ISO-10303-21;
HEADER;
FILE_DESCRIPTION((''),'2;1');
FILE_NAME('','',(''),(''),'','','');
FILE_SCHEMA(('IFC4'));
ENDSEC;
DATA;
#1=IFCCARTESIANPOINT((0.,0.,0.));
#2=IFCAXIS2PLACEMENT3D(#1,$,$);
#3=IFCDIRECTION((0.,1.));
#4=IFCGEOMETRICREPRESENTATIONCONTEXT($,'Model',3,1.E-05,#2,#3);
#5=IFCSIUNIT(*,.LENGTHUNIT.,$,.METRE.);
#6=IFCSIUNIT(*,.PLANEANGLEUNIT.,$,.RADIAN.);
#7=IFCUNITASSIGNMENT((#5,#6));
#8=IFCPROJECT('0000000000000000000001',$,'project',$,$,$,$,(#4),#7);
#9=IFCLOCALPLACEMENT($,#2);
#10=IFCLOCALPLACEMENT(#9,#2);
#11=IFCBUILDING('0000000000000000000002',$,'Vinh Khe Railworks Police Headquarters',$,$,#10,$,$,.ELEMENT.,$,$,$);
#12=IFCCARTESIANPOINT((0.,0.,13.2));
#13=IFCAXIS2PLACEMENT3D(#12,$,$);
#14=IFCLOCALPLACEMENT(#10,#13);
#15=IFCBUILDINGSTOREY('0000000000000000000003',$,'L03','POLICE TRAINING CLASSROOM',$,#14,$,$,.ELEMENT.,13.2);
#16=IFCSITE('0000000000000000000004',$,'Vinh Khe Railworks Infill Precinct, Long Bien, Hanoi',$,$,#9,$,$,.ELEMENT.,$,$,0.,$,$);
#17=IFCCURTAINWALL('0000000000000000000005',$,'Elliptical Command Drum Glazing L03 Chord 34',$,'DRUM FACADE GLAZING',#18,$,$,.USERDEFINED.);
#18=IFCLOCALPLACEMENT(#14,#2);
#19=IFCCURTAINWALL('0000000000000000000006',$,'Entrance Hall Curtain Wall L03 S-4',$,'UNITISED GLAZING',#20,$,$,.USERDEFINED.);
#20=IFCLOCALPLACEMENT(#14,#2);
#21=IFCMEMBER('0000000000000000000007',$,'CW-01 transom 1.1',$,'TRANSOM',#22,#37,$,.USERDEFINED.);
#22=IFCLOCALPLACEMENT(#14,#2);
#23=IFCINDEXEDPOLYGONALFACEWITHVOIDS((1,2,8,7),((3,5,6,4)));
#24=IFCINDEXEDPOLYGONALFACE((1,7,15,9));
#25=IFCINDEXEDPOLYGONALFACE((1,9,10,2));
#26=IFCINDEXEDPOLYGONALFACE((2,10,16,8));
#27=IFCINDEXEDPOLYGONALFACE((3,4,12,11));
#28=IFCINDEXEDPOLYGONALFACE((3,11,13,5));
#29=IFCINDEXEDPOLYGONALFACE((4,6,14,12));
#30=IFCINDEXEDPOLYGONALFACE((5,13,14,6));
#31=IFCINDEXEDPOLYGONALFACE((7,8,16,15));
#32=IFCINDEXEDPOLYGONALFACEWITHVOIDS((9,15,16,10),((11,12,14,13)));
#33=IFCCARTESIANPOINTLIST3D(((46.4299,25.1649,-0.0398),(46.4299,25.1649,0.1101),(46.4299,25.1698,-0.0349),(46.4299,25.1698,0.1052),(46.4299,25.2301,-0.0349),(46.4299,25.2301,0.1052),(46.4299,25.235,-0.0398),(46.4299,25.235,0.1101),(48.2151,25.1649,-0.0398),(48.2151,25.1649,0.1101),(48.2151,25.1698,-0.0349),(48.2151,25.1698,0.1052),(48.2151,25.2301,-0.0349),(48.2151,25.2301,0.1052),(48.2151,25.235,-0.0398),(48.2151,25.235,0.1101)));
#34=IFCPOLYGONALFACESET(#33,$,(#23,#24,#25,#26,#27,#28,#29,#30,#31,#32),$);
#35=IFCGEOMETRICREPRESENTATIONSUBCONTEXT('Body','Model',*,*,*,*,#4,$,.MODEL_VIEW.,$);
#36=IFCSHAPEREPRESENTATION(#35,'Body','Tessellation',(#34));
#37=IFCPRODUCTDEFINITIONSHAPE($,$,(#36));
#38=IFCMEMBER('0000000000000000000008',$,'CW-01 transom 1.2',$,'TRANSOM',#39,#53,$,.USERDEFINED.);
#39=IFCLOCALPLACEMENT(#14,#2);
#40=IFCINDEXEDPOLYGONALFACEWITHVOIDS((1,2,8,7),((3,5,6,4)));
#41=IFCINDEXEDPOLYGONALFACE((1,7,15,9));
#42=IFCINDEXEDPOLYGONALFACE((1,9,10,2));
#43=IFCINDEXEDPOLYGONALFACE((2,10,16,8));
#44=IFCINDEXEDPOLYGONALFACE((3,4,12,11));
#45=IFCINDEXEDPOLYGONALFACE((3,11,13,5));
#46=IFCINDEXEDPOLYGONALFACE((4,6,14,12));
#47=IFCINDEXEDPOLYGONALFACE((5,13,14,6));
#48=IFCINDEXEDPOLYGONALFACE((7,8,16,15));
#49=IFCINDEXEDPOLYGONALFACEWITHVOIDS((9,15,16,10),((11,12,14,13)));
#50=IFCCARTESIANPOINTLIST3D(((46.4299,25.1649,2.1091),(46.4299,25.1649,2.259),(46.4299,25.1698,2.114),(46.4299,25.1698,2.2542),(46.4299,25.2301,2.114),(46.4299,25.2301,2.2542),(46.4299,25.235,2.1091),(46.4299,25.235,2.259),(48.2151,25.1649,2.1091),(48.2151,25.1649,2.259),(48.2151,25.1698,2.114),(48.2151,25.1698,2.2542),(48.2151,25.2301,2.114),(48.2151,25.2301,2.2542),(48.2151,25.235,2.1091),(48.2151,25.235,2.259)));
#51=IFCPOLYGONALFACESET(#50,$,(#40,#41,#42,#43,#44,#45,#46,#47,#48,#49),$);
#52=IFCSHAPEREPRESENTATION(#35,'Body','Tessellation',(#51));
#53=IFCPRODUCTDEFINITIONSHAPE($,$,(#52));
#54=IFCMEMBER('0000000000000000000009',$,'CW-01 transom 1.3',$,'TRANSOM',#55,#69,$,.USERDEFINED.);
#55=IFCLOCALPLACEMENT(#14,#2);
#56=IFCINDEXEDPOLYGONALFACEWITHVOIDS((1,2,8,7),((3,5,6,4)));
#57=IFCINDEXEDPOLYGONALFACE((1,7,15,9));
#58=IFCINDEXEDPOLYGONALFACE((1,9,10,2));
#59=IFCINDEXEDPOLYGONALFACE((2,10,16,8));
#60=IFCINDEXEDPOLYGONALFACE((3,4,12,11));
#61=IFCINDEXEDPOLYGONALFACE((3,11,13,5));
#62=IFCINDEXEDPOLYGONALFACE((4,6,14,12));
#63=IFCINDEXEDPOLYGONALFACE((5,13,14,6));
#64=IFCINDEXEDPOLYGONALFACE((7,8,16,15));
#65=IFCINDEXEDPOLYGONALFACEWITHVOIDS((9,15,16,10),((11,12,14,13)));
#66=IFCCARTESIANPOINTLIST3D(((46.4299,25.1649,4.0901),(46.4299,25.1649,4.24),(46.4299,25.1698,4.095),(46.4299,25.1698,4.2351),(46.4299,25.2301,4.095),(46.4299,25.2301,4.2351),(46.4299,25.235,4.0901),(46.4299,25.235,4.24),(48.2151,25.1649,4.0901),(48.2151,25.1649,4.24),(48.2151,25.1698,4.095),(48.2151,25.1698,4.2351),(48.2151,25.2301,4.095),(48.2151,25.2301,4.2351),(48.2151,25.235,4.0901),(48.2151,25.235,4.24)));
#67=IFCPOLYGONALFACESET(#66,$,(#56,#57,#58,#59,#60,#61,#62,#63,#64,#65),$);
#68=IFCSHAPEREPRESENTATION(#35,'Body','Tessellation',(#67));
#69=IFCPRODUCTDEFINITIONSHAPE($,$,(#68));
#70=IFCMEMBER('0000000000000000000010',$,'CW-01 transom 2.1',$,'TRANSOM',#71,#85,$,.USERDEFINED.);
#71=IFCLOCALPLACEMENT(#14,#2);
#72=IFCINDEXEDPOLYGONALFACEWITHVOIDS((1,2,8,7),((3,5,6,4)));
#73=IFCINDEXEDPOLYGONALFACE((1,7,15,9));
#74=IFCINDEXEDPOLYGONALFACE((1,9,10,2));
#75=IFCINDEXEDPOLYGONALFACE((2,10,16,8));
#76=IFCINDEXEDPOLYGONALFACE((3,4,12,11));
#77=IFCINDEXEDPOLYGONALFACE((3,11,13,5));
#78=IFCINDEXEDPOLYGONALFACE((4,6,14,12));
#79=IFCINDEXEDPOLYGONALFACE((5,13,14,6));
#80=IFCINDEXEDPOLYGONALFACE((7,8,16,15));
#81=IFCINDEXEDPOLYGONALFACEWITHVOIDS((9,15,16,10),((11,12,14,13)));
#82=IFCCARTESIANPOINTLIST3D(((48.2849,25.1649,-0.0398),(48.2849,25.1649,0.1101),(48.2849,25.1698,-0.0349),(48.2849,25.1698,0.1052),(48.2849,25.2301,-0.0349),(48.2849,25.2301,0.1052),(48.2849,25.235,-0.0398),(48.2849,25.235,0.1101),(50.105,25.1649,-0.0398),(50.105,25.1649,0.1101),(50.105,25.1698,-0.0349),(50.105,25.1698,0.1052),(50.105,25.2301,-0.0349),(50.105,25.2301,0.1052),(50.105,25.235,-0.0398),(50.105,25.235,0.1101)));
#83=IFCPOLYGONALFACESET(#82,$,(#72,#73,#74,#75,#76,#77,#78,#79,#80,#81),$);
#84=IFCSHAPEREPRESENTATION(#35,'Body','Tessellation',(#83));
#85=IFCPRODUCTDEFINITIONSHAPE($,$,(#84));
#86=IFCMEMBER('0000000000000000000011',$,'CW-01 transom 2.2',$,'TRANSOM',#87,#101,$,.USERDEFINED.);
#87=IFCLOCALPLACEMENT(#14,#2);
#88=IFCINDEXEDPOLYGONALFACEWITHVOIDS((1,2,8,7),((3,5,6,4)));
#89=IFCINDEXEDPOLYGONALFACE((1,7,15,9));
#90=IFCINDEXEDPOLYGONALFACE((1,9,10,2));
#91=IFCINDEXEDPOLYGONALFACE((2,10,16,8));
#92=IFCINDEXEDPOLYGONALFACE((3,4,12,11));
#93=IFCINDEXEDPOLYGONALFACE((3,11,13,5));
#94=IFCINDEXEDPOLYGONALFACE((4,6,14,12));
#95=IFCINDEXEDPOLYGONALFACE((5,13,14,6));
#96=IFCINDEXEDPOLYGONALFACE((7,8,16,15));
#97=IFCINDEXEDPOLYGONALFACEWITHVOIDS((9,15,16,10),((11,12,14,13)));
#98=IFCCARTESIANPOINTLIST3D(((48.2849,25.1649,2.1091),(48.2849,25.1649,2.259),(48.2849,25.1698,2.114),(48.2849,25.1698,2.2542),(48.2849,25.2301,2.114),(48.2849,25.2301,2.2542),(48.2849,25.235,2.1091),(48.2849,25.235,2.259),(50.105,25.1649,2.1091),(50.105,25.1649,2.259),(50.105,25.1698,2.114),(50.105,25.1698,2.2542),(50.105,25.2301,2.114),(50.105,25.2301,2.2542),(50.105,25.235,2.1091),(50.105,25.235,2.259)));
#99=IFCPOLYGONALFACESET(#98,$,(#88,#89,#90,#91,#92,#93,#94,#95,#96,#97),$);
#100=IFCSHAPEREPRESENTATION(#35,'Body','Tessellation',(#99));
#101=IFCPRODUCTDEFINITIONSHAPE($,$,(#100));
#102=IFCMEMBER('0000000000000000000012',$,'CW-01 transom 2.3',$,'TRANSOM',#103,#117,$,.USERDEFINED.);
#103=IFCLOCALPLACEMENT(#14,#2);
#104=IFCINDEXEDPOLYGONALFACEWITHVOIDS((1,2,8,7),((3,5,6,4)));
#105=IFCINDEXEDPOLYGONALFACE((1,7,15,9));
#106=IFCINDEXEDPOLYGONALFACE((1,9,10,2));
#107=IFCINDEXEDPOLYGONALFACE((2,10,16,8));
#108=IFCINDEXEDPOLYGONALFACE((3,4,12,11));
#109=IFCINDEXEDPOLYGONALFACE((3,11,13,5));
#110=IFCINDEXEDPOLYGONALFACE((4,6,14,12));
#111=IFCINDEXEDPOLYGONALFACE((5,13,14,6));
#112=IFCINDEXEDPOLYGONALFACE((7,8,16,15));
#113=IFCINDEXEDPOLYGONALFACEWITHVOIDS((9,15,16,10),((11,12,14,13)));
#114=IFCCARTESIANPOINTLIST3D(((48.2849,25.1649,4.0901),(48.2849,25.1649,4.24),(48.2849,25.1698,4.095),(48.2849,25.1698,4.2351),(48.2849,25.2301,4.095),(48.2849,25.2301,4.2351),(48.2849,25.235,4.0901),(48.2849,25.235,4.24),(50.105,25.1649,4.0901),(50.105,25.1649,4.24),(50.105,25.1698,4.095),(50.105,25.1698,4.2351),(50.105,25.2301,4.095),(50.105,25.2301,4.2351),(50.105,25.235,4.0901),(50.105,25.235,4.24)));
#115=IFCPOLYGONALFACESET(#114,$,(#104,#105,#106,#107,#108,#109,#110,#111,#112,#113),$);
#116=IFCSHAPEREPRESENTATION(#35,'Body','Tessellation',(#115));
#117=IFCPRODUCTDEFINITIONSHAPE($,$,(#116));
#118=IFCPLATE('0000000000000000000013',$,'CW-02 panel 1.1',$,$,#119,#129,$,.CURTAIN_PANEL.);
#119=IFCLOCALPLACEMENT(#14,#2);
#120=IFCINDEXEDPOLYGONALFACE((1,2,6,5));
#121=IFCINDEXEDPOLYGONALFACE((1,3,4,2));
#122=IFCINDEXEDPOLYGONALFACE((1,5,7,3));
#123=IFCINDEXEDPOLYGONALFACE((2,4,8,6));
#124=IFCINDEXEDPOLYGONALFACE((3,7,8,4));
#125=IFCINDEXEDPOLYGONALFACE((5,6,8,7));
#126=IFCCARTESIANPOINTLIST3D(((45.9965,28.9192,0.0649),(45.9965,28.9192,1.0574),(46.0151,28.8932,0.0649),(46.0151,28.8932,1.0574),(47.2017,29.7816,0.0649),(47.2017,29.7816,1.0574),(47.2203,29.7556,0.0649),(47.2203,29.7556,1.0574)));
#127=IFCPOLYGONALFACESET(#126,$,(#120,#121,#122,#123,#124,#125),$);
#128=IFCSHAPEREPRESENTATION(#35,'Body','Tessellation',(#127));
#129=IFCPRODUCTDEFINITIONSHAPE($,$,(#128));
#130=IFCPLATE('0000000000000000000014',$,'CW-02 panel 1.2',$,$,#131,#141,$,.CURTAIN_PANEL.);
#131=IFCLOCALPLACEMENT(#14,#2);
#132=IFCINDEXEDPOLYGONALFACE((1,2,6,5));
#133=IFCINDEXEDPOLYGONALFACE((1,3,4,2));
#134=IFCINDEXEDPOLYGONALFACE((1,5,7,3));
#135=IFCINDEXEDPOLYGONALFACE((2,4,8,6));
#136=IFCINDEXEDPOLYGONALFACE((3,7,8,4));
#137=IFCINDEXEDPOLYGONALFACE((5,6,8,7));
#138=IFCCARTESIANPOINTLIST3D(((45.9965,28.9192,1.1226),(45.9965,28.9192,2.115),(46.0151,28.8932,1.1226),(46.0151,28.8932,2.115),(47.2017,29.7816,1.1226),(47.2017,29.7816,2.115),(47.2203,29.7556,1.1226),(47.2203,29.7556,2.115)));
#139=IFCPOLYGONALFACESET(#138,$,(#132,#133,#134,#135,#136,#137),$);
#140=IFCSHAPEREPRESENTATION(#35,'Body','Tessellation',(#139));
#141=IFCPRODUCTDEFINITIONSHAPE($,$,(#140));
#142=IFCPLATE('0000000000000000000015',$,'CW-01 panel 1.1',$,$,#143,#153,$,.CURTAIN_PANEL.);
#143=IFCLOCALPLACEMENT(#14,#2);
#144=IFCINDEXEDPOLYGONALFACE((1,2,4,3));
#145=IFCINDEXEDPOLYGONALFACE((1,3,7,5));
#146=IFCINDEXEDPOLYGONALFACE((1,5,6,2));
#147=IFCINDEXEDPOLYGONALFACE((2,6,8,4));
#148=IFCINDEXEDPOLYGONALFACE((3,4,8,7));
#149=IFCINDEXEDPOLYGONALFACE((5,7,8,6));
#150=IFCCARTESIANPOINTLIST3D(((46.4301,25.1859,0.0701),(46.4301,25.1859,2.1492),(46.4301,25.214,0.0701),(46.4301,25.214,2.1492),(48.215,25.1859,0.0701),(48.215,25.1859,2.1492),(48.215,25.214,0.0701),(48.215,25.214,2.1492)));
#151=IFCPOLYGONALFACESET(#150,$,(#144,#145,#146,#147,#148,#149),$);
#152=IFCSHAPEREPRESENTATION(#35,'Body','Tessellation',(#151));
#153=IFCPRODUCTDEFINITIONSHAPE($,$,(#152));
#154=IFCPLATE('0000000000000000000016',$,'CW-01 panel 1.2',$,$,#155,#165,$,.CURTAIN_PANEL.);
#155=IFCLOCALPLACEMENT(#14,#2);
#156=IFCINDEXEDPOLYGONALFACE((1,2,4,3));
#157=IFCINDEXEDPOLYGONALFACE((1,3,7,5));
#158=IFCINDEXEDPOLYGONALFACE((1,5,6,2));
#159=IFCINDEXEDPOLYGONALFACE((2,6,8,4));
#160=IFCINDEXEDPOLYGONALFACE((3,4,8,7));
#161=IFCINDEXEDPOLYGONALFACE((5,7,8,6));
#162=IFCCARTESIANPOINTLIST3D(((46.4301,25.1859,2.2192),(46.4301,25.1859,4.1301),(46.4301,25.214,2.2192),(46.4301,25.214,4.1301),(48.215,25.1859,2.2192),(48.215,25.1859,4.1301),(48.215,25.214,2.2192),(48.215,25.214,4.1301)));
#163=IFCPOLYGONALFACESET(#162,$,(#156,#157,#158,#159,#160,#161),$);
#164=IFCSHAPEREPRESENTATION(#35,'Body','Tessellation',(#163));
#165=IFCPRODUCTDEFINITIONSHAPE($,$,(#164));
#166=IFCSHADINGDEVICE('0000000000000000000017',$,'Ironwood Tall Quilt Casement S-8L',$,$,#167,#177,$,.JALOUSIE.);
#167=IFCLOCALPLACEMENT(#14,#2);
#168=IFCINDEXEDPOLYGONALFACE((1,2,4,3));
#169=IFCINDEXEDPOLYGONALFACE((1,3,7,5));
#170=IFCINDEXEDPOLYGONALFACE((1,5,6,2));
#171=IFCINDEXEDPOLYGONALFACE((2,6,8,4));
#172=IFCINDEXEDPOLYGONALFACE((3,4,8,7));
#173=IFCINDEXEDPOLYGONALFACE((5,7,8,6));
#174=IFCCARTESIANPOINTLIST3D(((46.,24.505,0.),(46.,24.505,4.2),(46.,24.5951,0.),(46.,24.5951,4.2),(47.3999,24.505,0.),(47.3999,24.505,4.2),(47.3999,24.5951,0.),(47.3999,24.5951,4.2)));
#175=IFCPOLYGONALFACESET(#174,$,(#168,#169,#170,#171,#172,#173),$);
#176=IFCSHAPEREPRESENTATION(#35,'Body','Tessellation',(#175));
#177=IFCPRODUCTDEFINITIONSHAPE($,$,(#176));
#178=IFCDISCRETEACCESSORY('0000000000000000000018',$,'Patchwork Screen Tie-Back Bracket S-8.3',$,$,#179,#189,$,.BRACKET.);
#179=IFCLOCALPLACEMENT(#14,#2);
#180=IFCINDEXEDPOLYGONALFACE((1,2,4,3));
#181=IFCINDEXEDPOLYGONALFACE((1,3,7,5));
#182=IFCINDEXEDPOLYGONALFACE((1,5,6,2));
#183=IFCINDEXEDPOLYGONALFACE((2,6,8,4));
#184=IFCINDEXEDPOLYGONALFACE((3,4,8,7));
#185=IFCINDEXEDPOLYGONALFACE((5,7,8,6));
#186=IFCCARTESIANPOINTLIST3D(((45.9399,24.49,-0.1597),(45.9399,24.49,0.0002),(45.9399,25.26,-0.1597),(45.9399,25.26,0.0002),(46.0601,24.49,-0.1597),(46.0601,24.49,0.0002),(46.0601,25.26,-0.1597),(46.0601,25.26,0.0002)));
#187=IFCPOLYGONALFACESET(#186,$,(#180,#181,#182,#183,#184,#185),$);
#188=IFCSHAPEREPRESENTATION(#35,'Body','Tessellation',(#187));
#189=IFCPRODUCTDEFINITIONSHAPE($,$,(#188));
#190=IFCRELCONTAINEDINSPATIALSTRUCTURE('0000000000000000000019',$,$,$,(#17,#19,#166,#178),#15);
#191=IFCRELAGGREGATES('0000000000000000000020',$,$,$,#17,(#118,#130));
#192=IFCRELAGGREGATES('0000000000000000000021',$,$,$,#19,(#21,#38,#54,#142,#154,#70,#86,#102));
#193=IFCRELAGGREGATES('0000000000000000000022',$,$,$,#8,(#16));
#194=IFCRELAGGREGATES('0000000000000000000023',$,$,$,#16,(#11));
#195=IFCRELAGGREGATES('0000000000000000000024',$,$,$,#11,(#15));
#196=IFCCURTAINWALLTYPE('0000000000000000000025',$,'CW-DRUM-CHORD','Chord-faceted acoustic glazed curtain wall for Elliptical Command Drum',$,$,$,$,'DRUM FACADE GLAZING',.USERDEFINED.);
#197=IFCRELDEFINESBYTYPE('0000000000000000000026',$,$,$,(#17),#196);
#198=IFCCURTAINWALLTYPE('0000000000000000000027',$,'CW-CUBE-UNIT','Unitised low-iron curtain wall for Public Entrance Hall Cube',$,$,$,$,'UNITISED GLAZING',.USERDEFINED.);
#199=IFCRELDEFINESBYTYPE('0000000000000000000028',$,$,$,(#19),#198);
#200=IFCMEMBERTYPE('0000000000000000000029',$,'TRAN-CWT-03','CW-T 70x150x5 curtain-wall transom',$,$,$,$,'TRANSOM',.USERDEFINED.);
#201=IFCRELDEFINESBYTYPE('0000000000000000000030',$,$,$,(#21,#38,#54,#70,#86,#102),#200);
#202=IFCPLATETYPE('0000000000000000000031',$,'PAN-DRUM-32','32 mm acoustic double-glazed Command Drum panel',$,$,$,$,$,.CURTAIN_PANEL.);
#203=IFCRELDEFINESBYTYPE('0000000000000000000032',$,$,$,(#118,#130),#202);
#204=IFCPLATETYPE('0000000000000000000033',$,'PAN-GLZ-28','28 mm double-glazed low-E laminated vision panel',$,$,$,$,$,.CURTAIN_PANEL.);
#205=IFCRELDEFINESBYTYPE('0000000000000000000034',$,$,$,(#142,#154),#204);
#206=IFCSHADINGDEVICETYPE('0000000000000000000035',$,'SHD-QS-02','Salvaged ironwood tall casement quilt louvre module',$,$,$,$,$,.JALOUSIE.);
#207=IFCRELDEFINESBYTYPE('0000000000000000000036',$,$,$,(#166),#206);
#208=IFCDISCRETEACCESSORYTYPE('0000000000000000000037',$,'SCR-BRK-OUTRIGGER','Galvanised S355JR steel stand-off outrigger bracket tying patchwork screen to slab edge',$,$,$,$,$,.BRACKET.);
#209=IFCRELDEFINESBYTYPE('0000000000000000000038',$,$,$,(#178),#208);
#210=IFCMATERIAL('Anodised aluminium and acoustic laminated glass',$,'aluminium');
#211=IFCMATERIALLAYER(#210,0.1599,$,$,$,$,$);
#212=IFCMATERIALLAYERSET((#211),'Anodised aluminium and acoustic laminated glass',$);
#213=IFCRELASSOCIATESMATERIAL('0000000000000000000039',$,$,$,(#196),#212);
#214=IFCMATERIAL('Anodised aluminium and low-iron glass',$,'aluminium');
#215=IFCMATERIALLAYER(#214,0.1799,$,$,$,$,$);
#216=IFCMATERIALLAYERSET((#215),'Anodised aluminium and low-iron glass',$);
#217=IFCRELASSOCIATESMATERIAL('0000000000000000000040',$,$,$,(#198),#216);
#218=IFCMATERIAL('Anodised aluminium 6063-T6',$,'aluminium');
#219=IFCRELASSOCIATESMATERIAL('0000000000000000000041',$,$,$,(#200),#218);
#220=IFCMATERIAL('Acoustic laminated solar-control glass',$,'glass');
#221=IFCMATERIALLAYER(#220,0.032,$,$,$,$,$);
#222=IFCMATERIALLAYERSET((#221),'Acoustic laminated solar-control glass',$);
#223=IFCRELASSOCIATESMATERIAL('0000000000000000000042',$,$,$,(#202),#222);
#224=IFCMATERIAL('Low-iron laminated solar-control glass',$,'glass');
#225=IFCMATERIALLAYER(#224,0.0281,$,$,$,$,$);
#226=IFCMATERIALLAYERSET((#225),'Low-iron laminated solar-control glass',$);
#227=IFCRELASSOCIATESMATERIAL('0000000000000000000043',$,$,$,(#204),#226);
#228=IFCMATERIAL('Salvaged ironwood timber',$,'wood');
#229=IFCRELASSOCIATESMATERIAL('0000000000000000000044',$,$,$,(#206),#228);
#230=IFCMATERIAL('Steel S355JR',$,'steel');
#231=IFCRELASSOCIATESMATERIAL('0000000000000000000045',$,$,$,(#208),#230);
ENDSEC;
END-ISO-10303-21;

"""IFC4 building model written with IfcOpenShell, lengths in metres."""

from ifc_helpers import new_model, si_unit, direction, frame, origin, origin_2d, place, context, subcontext, project, spatial, rectangle, hollow_rectangle, extrude, material, layer, layer_set, material_profile, profile_set, type_object, element, aggregate, save


model = new_model("IFC4")

# Units and contexts
model_context = context("Model", 3, precision=1e-05, world=origin(), true_north=direction((0.0, 1.0)))
body_context = subcontext(model_context, "Body", "Model", "MODEL_VIEW")
ifc_project = project(units=[si_unit("LENGTHUNIT", "METRE"), si_unit("PLANEANGLEUNIT", "RADIAN")], contexts=[model_context])

# Site, building, storey
site_placement = place(None, origin())
site = spatial("IfcSite", under=ifc_project, at=site_placement, Name="Vinh Khe Railworks Infill Precinct, Long Bien, Hanoi", CompositionType="ELEMENT", RefElevation=0.0)
building_placement = place(site_placement, origin())
building = spatial("IfcBuilding", under=site, at=building_placement, Name="Vinh Khe Railworks Police Headquarters", CompositionType="ELEMENT")
storey_placement = place(building_placement, frame((0.0, 0.0, 13.2)))
storey = spatial("IfcBuildingStorey", under=building, at=storey_placement, Name="L03", Description="POLICE TRAINING CLASSROOM", CompositionType="ELEMENT", Elevation=13.2)

# Shared definitions
ifc_material_1 = material(Name="Steel S355JR", Category="steel")

# Shared definitions
ifc_material_2 = material(Name="Salvaged ironwood timber", Category="wood")

# Curtain wall
ifc_material_3 = material(Name="Anodised aluminium and acoustic laminated glass", Category="aluminium")
ifc_layer_1 = layer(ifc_material_3, 0.1599)
ifc_layer_set_1 = layer_set([ifc_layer_1], Name="Anodised aluminium and acoustic laminated glass")
curtain_wall_type_1 = type_object("IfcCurtainWallType", Name="CW-DRUM-CHORD", Description="Chord-faceted acoustic glazed curtain wall for Elliptical Command Drum", ElementType="DRUM FACADE GLAZING", PredefinedType="USERDEFINED", material=ifc_layer_set_1)
curtain_wall_1_placement = place(storey_placement, origin())
curtain_wall_1 = element("IfcCurtainWall", 1, at=curtain_wall_1_placement, inside=storey, type_object=curtain_wall_type_1, Name="Elliptical Command Drum Glazing L03 Chord 34", ObjectType="DRUM FACADE GLAZING", PredefinedType="USERDEFINED")
ifc_material_4 = material(Name="Anodised aluminium 6063-T6", Category="aluminium")
ifc_material_5 = material(Name="Anodised aluminium and low-iron glass", Category="aluminium")
ifc_layer_2 = layer(ifc_material_5, 0.1799)
ifc_layer_set_2 = layer_set([ifc_layer_2], Name="Anodised aluminium and low-iron glass")
curtain_wall_type_2 = type_object("IfcCurtainWallType", Name="CW-CUBE-UNIT", Description="Unitised low-iron curtain wall for Public Entrance Hall Cube", ElementType="UNITISED GLAZING", PredefinedType="USERDEFINED", material=ifc_layer_set_2)

# Curtain wall
curtain_wall_2_placement = place(storey_placement, origin())
curtain_wall_2 = element("IfcCurtainWall", 2, at=curtain_wall_2_placement, inside=storey, type_object=curtain_wall_type_2, Name="Entrance Hall Curtain Wall L03 S-4", ObjectType="UNITISED GLAZING", PredefinedType="USERDEFINED")

# Members
ifc_material_profile_1 = material_profile(ifc_material_4, hollow_rectangle(XDim=0.0701, YDim=0.1499, WallThickness=0.0049, at=origin_2d()), Name="CW-T 70x150x5")
ifc_profile_set_1 = profile_set([ifc_material_profile_1], Name="Anodised aluminium 6063-T6")
member_type_1 = type_object("IfcMemberType", Name="TRAN-CWT-03", Description="CW-T 70x150x5 curtain-wall transom", ElementType="TRANSOM", PredefinedType="USERDEFINED", material=ifc_profile_set_1)
member_1_placement = place(storey_placement, frame((46.4299, 25.2, 0.0352), z_axis=(1.0, 0.0, 0.0), x_axis=(0.0, 1.0, 0.0)))
member_1 = element("IfcMember", 3, at=member_1_placement, type_object=member_type_1, Name="CW-01 transom 1.1", ObjectType="TRANSOM", PredefinedType="USERDEFINED", context=body_context, shape_type="SweptSolid", body=[
    extrude(hollow_rectangle(XDim=0.0701, YDim=0.1499, WallThickness=0.0049, at=origin_2d()), origin(), (0.0, 0.0, 1.0), 1.7852),
])
member_2_placement = place(storey_placement, frame((46.4299, 25.2, 2.1841), z_axis=(1.0, 0.0, 0.0), x_axis=(0.0, 1.0, 0.0)))
member_2 = element("IfcMember", 4, at=member_2_placement, type_object=member_type_1, Name="CW-01 transom 1.2", ObjectType="TRANSOM", PredefinedType="USERDEFINED", context=body_context, shape_type="SweptSolid", body=[
    extrude(hollow_rectangle(XDim=0.0701, YDim=0.1499, WallThickness=0.0049, at=origin_2d()), origin(), (0.0, 0.0, 1.0), 1.7852),
])
member_3_placement = place(storey_placement, frame((46.4299, 25.2, 4.165), z_axis=(1.0, 0.0, 0.0), x_axis=(0.0, 1.0, 0.0)))
member_3 = element("IfcMember", 5, at=member_3_placement, type_object=member_type_1, Name="CW-01 transom 1.3", ObjectType="TRANSOM", PredefinedType="USERDEFINED", context=body_context, shape_type="SweptSolid", body=[
    extrude(hollow_rectangle(XDim=0.0701, YDim=0.1499, WallThickness=0.0049, at=origin_2d()), origin(), (0.0, 0.0, 1.0), 1.7852),
])
member_4_placement = place(storey_placement, frame((48.2849, 25.2, 0.0352), z_axis=(1.0, 0.0, 0.0), x_axis=(0.0, 1.0, 0.0)))
member_4 = element("IfcMember", 6, at=member_4_placement, type_object=member_type_1, Name="CW-01 transom 2.1", ObjectType="TRANSOM", PredefinedType="USERDEFINED", context=body_context, shape_type="SweptSolid", body=[
    extrude(hollow_rectangle(XDim=0.0701, YDim=0.1499, WallThickness=0.0049, at=origin_2d()), origin(), (0.0, 0.0, 1.0), 1.8201),
])
member_5_placement = place(storey_placement, frame((48.2849, 25.2, 2.1841), z_axis=(1.0, 0.0, 0.0), x_axis=(0.0, 1.0, 0.0)))
member_5 = element("IfcMember", 7, at=member_5_placement, type_object=member_type_1, Name="CW-01 transom 2.2", ObjectType="TRANSOM", PredefinedType="USERDEFINED", context=body_context, shape_type="SweptSolid", body=[
    extrude(hollow_rectangle(XDim=0.0701, YDim=0.1499, WallThickness=0.0049, at=origin_2d()), origin(), (0.0, 0.0, 1.0), 1.8201),
])
member_6_placement = place(storey_placement, frame((48.2849, 25.2, 4.165), z_axis=(1.0, 0.0, 0.0), x_axis=(0.0, 1.0, 0.0)))
member_6 = element("IfcMember", 8, at=member_6_placement, type_object=member_type_1, Name="CW-01 transom 2.3", ObjectType="TRANSOM", PredefinedType="USERDEFINED", context=body_context, shape_type="SweptSolid", body=[
    extrude(hollow_rectangle(XDim=0.0701, YDim=0.1499, WallThickness=0.0049, at=origin_2d()), origin(), (0.0, 0.0, 1.0), 1.8201),
])

# Plates
ifc_material_6 = material(Name="Acoustic laminated solar-control glass", Category="glass")
ifc_layer_3 = layer(ifc_material_6, 0.032)
ifc_layer_set_3 = layer_set([ifc_layer_3], Name="Acoustic laminated solar-control glass")
plate_type_1 = type_object("IfcPlateType", Name="PAN-DRUM-32", Description="32 mm acoustic double-glazed Command Drum panel", PredefinedType="CURTAIN_PANEL", material=ifc_layer_set_3)
plate_1_placement = place(storey_placement, frame((46.6084, 29.3374, 0.0649), z_axis=(0.0, 0.0, 1.0), x_axis=(0.81325, 0.581914, 0.0)))
plate_1 = element("IfcPlate", 9, at=plate_1_placement, type_object=plate_type_1, Name="CW-02 panel 1.1", PredefinedType="CURTAIN_PANEL", context=body_context, shape_type="SweptSolid", body=[
    extrude(rectangle(XDim=1.4819, YDim=0.032, at=origin_2d()), origin(), (0.0, 0.0, 1.0), 0.9924),
])
plate_2_placement = place(storey_placement, frame((46.6084, 29.3374, 1.1226), z_axis=(0.0, 0.0, 1.0), x_axis=(0.81325, 0.581914, 0.0)))
plate_2 = element("IfcPlate", 10, at=plate_2_placement, type_object=plate_type_1, Name="CW-02 panel 1.2", PredefinedType="CURTAIN_PANEL", context=body_context, shape_type="SweptSolid", body=[
    extrude(rectangle(XDim=1.4819, YDim=0.032, at=origin_2d()), origin(), (0.0, 0.0, 1.0), 0.9924),
])
aggregate(curtain_wall_1, [plate_1, plate_2])
ifc_material_7 = material(Name="Low-iron laminated solar-control glass", Category="glass")
ifc_layer_4 = layer(ifc_material_7, 0.0281)
ifc_layer_set_4 = layer_set([ifc_layer_4], Name="Low-iron laminated solar-control glass")
plate_type_2 = type_object("IfcPlateType", Name="PAN-GLZ-28", Description="28 mm double-glazed low-E laminated vision panel", PredefinedType="CURTAIN_PANEL", material=ifc_layer_set_4)
plate_3_placement = place(storey_placement, frame((47.3225, 25.2, 0.0701), z_axis=(0.0, 0.0, 1.0), x_axis=(1.0, 0.0, 0.0)))
plate_3 = element("IfcPlate", 11, at=plate_3_placement, type_object=plate_type_2, Name="CW-01 panel 1.1", PredefinedType="CURTAIN_PANEL", context=body_context, shape_type="SweptSolid", body=[
    extrude(rectangle(XDim=1.7849, YDim=0.0281, at=origin_2d()), origin(), (0.0, 0.0, 1.0), 2.0791),
])
plate_4_placement = place(storey_placement, frame((47.3225, 25.2, 2.2192), z_axis=(0.0, 0.0, 1.0), x_axis=(1.0, 0.0, 0.0)))
plate_4 = element("IfcPlate", 12, at=plate_4_placement, type_object=plate_type_2, Name="CW-01 panel 1.2", PredefinedType="CURTAIN_PANEL", context=body_context, shape_type="SweptSolid", body=[
    extrude(rectangle(XDim=1.7849, YDim=0.0281, at=origin_2d()), origin(), (0.0, 0.0, 1.0), 1.9109),
])
aggregate(curtain_wall_2, [member_1, member_2, member_3, plate_3, plate_4, member_4, member_5, member_6])

# Shading device
shading_device_type = type_object("IfcShadingDeviceType", Name="SHD-QS-02", Description="Salvaged ironwood tall casement quilt louvre module", PredefinedType="JALOUSIE", material=ifc_material_2)
shading_device_placement = place(storey_placement, frame((46.7, 24.55, 0.0), z_axis=(0.0, 0.0, 1.0), x_axis=(1.0, 0.0, 0.0)))
element("IfcShadingDevice", 13, at=shading_device_placement, inside=storey, type_object=shading_device_type, Name="Ironwood Tall Quilt Casement S-8L", PredefinedType="JALOUSIE", context=body_context, shape_type="SweptSolid", body=[
    extrude(rectangle(XDim=1.3999, YDim=0.0901, at=origin_2d()), origin(), (0.0, 0.0, 1.0), 4.2),
])

# Discrete accessory
discrete_accessory_type_1 = type_object("IfcDiscreteAccessoryType", Name="SCR-BRK-OUTRIGGER", Description="Galvanised S355JR steel stand-off outrigger bracket tying patchwork screen to slab edge", PredefinedType="BRACKET", material=ifc_material_1)
for number, where, z_axis, x_axis, name in (
    (14, (46.0, 24.875, -0.1597), (0.0, 0.0, 1.0), (1.0, 0.0, 0.0), "Patchwork Screen Tie-Back Bracket S-8.3"),
):
    element("IfcDiscreteAccessory", number, at=place(storey_placement, frame(where, z_axis=z_axis, x_axis=x_axis)), inside=storey, type_object=discrete_accessory_type_1, Name=name, PredefinedType="BRACKET", context=body_context, shape_type="SweptSolid", body=[
        extrude(rectangle(XDim=0.1201, YDim=0.77, at=origin_2d()), origin(), (0.0, 0.0, 1.0), 0.1599),
    ])

save(model, "model.ifc")
